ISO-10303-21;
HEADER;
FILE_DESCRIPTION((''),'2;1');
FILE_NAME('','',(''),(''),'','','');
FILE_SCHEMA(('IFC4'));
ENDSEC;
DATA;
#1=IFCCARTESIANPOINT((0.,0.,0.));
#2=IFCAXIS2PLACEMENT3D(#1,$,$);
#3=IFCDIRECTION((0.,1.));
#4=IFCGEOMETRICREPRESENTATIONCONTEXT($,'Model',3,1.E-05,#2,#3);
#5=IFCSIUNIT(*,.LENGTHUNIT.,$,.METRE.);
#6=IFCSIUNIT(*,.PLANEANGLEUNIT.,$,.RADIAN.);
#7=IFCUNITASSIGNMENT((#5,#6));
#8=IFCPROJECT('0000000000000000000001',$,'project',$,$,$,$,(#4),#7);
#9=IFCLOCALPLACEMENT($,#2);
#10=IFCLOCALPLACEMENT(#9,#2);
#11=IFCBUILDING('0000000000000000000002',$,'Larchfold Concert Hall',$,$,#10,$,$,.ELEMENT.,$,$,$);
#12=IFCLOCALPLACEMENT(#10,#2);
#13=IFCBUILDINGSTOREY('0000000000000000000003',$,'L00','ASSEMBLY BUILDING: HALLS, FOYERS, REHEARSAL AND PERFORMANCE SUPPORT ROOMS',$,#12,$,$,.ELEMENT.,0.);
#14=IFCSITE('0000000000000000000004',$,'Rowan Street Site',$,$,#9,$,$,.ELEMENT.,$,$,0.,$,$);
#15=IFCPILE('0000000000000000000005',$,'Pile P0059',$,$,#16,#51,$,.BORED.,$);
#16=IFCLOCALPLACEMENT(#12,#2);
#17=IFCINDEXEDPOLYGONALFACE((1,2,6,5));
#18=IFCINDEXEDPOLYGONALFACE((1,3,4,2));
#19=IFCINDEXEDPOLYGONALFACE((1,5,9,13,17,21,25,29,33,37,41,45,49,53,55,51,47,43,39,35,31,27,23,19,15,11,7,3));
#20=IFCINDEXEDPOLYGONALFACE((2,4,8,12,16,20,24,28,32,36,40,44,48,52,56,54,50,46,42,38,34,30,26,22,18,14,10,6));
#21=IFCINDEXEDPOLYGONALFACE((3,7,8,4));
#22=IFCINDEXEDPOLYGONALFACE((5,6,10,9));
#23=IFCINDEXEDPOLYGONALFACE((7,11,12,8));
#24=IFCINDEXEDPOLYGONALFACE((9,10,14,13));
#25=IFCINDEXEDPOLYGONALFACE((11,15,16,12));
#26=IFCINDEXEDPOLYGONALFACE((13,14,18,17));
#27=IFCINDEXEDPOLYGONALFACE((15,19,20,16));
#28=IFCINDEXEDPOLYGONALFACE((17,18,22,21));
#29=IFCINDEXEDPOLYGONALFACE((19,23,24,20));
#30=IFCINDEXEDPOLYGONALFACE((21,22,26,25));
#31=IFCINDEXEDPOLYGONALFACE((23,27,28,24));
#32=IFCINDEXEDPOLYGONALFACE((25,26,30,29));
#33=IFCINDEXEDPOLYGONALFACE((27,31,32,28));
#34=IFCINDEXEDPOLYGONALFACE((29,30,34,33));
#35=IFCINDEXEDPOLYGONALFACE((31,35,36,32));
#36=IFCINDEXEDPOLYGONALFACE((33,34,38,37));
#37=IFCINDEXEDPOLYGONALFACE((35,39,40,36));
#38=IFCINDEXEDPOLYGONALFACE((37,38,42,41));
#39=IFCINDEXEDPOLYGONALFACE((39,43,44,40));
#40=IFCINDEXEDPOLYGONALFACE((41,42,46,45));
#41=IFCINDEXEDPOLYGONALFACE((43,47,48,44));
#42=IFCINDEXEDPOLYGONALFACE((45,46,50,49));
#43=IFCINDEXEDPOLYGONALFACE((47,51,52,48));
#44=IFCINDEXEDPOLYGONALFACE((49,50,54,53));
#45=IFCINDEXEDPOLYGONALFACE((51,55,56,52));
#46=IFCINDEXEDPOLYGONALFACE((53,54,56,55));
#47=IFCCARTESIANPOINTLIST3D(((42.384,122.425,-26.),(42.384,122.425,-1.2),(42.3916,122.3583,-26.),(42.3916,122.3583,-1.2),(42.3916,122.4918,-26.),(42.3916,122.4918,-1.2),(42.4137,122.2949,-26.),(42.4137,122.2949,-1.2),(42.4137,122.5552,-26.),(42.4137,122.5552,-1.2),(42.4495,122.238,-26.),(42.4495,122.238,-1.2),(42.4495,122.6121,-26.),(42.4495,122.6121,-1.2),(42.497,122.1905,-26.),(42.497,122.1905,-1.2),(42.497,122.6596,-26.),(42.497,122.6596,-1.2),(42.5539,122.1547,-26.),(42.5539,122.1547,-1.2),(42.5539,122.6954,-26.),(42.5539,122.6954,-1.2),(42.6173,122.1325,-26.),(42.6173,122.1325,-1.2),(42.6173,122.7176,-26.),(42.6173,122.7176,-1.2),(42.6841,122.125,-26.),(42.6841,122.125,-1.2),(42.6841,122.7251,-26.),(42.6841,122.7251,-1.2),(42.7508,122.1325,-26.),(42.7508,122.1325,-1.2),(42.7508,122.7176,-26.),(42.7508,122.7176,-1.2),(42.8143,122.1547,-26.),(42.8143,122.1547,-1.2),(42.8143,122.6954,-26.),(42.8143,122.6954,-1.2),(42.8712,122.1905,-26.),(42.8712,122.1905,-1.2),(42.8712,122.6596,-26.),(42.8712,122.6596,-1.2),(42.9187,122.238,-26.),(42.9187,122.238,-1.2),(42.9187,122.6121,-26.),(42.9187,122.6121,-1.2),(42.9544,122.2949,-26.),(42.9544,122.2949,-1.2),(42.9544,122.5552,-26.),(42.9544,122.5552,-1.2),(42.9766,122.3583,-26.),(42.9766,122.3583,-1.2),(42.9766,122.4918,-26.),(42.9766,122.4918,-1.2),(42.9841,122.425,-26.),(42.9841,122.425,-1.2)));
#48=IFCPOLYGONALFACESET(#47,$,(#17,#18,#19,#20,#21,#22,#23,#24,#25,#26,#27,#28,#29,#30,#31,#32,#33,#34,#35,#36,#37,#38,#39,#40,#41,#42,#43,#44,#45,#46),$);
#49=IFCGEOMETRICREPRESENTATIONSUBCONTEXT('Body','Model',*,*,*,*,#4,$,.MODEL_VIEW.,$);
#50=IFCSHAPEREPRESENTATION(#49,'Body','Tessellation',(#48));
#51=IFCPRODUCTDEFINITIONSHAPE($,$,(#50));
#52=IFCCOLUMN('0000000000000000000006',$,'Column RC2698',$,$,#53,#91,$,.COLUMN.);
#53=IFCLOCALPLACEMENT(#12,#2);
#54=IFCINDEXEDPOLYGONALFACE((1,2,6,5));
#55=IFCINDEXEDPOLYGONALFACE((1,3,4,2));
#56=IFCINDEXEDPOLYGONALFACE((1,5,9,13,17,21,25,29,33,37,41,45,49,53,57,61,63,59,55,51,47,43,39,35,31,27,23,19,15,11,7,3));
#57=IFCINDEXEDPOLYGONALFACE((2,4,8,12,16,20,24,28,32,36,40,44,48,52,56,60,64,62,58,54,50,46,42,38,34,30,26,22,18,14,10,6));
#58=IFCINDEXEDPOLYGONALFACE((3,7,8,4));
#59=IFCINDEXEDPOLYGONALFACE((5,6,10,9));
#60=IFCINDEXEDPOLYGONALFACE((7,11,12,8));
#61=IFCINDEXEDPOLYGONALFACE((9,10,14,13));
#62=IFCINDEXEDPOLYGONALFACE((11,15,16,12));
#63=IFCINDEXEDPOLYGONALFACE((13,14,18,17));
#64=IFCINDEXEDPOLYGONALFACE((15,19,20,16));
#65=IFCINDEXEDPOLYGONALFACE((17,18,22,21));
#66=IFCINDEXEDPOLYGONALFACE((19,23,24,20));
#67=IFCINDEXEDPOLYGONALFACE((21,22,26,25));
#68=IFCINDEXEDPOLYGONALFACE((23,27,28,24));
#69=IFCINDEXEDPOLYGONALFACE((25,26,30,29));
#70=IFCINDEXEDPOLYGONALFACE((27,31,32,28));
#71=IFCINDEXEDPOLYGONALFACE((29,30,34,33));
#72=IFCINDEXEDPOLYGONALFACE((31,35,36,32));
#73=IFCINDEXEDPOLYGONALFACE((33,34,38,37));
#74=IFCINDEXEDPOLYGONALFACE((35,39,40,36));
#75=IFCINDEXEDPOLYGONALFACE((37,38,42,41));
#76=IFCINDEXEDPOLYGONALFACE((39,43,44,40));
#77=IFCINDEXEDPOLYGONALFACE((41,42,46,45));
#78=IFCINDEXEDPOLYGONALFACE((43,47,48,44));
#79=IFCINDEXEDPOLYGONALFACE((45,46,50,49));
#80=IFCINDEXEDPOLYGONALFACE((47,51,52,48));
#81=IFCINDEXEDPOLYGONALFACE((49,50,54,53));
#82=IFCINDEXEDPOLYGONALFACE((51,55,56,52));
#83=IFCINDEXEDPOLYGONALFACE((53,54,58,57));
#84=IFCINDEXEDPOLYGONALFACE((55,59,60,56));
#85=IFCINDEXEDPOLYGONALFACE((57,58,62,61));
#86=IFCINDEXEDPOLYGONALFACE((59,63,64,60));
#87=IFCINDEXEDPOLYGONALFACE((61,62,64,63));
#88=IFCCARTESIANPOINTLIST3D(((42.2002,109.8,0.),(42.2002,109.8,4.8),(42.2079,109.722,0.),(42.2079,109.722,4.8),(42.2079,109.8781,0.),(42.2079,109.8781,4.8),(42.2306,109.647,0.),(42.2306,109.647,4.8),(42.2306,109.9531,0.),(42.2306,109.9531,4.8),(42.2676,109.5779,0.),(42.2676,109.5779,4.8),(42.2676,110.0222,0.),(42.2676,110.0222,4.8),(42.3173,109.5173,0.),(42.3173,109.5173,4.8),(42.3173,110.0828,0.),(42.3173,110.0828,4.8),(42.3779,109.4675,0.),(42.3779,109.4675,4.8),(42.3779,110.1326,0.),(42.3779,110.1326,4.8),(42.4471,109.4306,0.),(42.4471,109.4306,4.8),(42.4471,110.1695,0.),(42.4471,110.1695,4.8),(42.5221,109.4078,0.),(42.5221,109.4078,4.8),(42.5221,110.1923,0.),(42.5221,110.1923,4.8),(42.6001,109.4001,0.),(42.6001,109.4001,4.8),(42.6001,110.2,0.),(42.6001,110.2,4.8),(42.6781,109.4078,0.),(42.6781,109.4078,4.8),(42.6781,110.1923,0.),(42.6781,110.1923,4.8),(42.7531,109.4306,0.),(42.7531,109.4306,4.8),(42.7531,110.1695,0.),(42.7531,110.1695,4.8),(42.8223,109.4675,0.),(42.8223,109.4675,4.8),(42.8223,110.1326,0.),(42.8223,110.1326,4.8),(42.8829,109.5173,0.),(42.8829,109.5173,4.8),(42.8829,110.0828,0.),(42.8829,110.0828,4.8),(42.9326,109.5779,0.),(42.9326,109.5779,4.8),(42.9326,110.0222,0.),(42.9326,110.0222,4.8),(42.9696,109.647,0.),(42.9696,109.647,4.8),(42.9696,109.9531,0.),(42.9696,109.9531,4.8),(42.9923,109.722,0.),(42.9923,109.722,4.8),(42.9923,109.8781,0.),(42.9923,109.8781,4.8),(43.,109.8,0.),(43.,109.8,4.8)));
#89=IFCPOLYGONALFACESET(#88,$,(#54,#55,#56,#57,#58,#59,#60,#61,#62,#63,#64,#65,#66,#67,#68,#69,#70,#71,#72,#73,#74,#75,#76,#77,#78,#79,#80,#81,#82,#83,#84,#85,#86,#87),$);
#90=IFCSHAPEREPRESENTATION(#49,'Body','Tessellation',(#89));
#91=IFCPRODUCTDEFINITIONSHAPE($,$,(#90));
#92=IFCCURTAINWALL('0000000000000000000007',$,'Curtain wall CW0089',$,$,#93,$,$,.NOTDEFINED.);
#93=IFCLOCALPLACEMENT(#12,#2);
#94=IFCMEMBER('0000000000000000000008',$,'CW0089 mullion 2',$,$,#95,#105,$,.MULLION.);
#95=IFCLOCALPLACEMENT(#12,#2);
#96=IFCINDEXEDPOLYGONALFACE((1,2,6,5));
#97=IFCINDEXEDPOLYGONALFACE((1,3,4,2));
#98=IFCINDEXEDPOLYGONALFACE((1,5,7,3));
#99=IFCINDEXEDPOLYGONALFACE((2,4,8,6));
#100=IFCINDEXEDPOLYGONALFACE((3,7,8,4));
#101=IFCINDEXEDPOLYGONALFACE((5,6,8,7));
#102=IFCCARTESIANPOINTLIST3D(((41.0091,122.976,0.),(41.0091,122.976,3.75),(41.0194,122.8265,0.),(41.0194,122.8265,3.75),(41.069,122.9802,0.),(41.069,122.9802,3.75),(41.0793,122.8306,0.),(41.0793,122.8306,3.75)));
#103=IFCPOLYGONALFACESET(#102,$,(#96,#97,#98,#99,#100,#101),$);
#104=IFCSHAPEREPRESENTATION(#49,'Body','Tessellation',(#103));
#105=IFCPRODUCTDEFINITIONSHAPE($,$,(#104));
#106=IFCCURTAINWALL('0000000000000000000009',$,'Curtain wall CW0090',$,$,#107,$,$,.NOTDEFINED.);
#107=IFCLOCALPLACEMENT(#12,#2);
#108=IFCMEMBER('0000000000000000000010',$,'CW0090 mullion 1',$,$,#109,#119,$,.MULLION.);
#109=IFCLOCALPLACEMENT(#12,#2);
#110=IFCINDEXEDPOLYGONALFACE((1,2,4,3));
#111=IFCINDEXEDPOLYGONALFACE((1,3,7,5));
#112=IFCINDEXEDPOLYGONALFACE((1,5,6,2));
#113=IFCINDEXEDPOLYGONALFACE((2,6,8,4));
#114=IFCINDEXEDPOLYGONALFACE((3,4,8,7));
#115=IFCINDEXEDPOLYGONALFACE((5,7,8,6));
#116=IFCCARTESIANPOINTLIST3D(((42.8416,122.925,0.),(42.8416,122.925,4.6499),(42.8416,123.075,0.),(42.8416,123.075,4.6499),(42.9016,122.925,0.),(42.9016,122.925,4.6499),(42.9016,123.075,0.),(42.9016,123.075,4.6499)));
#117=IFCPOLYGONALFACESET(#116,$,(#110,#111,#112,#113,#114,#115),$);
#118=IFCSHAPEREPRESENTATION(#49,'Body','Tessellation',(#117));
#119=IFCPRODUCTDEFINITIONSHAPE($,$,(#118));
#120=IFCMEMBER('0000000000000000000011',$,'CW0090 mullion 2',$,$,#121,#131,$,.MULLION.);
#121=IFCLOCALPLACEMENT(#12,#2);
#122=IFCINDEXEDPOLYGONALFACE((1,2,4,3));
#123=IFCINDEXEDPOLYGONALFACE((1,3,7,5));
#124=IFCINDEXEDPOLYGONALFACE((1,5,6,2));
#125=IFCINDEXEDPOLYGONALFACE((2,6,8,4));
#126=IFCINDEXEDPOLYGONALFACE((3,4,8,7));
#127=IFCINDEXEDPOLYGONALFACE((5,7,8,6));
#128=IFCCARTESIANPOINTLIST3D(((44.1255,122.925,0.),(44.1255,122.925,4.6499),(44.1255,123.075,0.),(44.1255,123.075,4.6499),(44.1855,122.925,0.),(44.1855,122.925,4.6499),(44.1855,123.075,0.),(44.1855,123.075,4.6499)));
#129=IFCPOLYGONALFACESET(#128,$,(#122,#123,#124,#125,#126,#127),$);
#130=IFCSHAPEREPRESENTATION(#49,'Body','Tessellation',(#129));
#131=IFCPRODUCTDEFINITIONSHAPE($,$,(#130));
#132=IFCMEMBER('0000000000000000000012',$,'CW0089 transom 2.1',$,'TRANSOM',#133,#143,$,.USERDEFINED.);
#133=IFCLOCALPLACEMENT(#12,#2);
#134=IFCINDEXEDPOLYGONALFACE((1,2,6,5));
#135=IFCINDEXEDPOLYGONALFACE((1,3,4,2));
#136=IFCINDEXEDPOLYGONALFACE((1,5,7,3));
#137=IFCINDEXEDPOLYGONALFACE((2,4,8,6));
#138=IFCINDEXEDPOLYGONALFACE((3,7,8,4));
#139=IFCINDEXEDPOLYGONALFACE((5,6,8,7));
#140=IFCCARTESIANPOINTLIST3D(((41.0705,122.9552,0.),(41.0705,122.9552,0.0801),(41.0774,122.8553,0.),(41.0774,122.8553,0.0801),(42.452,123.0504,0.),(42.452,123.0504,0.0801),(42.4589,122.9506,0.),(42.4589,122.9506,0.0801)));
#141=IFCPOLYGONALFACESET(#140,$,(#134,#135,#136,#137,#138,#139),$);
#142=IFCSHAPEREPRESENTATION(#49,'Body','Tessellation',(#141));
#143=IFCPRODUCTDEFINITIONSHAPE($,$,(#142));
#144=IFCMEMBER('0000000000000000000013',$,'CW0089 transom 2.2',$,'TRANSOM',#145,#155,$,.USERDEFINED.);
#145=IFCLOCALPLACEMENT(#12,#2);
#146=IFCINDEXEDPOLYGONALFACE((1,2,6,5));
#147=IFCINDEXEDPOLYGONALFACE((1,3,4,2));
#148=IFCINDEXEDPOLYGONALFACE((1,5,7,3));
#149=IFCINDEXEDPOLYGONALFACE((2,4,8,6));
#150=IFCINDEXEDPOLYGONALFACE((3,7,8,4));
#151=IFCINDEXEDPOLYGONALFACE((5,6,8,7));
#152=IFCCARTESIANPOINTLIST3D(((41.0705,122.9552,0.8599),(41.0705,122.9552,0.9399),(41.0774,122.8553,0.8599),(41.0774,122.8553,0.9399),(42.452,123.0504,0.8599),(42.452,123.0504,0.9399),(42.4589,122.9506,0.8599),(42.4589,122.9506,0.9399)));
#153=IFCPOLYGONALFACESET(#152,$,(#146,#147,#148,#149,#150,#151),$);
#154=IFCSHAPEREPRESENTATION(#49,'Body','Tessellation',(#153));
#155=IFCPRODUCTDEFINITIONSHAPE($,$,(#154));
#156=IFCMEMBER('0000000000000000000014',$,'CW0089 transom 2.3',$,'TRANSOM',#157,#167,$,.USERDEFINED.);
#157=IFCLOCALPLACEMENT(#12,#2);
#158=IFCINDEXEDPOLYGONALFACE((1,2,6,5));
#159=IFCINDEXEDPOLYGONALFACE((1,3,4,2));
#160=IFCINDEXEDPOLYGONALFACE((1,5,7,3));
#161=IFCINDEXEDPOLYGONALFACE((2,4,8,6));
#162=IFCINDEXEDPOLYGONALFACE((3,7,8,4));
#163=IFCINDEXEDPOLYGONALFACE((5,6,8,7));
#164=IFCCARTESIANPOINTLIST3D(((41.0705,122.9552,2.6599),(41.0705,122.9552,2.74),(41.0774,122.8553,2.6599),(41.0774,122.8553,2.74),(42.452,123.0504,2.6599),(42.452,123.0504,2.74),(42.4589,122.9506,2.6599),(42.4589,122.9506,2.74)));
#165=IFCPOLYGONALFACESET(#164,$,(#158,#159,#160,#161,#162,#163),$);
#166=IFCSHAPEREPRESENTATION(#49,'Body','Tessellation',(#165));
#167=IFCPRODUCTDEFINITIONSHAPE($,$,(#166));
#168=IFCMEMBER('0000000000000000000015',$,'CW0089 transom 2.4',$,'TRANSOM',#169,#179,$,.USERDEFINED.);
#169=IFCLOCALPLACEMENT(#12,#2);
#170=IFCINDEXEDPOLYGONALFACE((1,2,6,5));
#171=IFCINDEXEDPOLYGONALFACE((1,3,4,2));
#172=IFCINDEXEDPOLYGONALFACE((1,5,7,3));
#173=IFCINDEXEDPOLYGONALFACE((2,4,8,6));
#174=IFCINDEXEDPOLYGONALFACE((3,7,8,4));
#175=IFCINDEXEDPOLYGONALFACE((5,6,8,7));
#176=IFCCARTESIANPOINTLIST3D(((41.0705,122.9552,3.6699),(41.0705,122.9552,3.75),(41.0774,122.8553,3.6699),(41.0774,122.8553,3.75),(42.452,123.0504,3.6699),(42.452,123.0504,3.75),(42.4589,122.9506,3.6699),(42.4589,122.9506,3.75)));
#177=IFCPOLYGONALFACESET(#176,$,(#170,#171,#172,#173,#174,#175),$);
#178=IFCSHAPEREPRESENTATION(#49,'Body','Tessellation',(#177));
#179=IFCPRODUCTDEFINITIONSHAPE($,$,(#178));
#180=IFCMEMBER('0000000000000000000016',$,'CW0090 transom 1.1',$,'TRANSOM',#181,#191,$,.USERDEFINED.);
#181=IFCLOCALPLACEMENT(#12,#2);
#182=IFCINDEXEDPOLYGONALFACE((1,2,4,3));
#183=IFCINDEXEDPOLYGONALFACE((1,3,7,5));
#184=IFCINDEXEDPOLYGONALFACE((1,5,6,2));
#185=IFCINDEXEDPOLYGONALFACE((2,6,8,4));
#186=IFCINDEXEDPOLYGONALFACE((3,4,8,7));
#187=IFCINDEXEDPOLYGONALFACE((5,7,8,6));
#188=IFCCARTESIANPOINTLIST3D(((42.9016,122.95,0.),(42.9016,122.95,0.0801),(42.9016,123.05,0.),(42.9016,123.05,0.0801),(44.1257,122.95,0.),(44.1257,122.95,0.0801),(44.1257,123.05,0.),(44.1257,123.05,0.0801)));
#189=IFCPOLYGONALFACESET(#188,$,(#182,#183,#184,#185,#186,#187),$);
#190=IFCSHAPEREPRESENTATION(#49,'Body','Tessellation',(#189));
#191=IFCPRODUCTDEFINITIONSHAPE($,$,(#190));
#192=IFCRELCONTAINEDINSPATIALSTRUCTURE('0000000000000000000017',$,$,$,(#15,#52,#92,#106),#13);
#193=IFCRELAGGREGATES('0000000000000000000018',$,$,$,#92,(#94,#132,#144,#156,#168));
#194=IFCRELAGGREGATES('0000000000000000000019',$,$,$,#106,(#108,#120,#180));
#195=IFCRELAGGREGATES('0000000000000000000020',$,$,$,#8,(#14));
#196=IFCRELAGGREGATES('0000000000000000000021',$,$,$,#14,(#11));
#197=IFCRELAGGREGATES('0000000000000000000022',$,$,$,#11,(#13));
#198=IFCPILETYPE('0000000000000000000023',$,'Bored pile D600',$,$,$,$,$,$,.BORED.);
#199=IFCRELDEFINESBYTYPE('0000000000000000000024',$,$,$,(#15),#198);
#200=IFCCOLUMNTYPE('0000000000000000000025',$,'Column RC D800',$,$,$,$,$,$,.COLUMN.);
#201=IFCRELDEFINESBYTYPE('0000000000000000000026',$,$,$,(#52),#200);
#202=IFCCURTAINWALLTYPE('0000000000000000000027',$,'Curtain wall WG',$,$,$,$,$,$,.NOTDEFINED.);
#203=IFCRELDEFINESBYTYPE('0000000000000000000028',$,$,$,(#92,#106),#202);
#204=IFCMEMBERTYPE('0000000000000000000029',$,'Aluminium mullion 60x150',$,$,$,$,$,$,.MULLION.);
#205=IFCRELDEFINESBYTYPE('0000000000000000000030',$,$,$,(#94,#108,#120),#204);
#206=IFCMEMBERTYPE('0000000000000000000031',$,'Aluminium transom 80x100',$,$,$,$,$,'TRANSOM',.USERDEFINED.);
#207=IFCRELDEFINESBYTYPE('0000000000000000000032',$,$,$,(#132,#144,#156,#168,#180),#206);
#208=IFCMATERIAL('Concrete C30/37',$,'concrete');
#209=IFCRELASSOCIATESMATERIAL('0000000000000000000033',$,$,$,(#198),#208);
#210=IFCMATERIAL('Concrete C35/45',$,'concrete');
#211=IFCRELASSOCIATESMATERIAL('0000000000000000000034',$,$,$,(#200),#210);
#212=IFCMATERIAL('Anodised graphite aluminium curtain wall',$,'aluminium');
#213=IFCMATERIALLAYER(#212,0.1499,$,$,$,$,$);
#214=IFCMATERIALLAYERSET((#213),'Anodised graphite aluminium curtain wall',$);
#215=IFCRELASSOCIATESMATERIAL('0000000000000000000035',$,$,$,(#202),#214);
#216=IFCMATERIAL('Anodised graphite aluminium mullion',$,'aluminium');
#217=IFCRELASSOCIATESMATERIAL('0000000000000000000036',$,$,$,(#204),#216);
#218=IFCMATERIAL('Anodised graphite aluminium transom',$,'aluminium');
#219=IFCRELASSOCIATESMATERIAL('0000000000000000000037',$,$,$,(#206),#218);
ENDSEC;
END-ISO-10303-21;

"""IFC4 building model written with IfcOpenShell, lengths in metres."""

from ifc_helpers import new_model, si_unit, direction, frame, origin, origin_2d, place, context, subcontext, project, spatial, rectangle, circle, extrude, material, layer, layer_set, material_profile, profile_set, type_object, element, aggregate, save


model = new_model("IFC4")

# Units and contexts
model_context = context("Model", 3, precision=1e-05, world=origin(), true_north=direction((0.0, 1.0)))
body_context = subcontext(model_context, "Body", "Model", "MODEL_VIEW")
ifc_project = project(units=[si_unit("LENGTHUNIT", "METRE"), si_unit("PLANEANGLEUNIT", "RADIAN")], contexts=[model_context])

# Site, building, storey
site_placement = place(None, origin())
site = spatial("IfcSite", under=ifc_project, at=site_placement, Name="Rowan Street Site", CompositionType="ELEMENT", RefElevation=0.0)
building_placement = place(site_placement, origin())
building = spatial("IfcBuilding", under=site, at=building_placement, Name="Larchfold Concert Hall", CompositionType="ELEMENT")
storey_placement = place(building_placement, origin())
storey = spatial("IfcBuildingStorey", under=building, at=storey_placement, Name="L00", Description="ASSEMBLY BUILDING: HALLS, FOYERS, REHEARSAL AND PERFORMANCE SUPPORT ROOMS", CompositionType="ELEMENT", Elevation=0.0)

# Pile
ifc_material_1 = material(Name="Concrete C30/37", Category="concrete")
ifc_material_profile_1 = material_profile(ifc_material_1, circle(Radius=0.3, at=origin_2d()))
ifc_profile_set_1 = profile_set([ifc_material_profile_1], Name="Concrete C30/37")
pile_type = type_object("IfcPileType", Name="Bored pile D600", PredefinedType="BORED", material=ifc_profile_set_1)
pile_placement = place(storey_placement, frame((42.6841, 122.425, -1.2), z_axis=(0.0, 0.0, -1.0), x_axis=(1.0, 0.0, 0.0)))
element("IfcPile", 1, at=pile_placement, inside=storey, type_object=pile_type, Name="Pile P0059", PredefinedType="BORED", context=body_context, shape_type="SweptSolid", body=[
    extrude(circle(Radius=0.3, at=origin_2d()), origin(), (0.0, 0.0, 1.0), 24.8),
])

# Column
ifc_material_2 = material(Name="Concrete C35/45", Category="concrete")
ifc_material_profile_2 = material_profile(ifc_material_2, circle(Radius=0.3999, at=origin_2d()))
ifc_profile_set_2 = profile_set([ifc_material_profile_2], Name="Concrete C35/45")
column_type = type_object("IfcColumnType", Name="Column RC D800", PredefinedType="COLUMN", material=ifc_profile_set_2)
column_placement = place(storey_placement, frame((42.6001, 109.8, 0.0), z_axis=(0.0, 0.0, 1.0), x_axis=(1.0, 0.0, 0.0)))
element("IfcColumn", 2, at=column_placement, inside=storey, type_object=column_type, Name="Column RC2698", PredefinedType="COLUMN", context=body_context, shape_type="SweptSolid", body=[
    extrude(circle(Radius=0.3999, at=origin_2d()), origin(), (0.0, 0.0, 1.0), 4.8),
])

# Curtain wall, member
ifc_material_3 = material(Name="Anodised graphite aluminium curtain wall", Category="aluminium")
ifc_layer_1 = layer(ifc_material_3, 0.1499)
ifc_layer_set_1 = layer_set([ifc_layer_1], Name="Anodised graphite aluminium curtain wall")
curtain_wall_type = type_object("IfcCurtainWallType", Name="Curtain wall WG", PredefinedType="NOTDEFINED", material=ifc_layer_set_1)
curtain_wall_1_placement = place(storey_placement, origin())
curtain_wall_1 = element("IfcCurtainWall", 3, at=curtain_wall_1_placement, inside=storey, type_object=curtain_wall_type, Name="Curtain wall CW0089", PredefinedType="NOTDEFINED")
ifc_material_4 = material(Name="Anodised graphite aluminium mullion", Category="aluminium")
ifc_material_profile_3 = material_profile(ifc_material_4, rectangle(XDim=0.1499, YDim=0.0601, at=origin_2d()))
ifc_profile_set_3 = profile_set([ifc_material_profile_3], Name="Anodised graphite aluminium mullion")
member_type_1 = type_object("IfcMemberType", Name="Aluminium mullion 60x150", PredefinedType="MULLION", material=ifc_profile_set_3)
member_1_placement = place(storey_placement, frame((41.0442, 122.9033, 0.0), z_axis=(0.0, 0.0, 1.0), x_axis=(-0.0687, 0.997637, 0.0)))
member_1 = element("IfcMember", 4, at=member_1_placement, type_object=member_type_1, Name="CW0089 mullion 2", PredefinedType="MULLION", context=body_context, shape_type="SweptSolid", body=[
    extrude(rectangle(XDim=0.1499, YDim=0.0601, at=origin_2d()), origin(), (0.0, 0.0, 1.0), 3.75),
])

# Curtain wall, members
curtain_wall_2_placement = place(storey_placement, origin())
curtain_wall_2 = element("IfcCurtainWall", 5, at=curtain_wall_2_placement, inside=storey, type_object=curtain_wall_type, Name="Curtain wall CW0090", PredefinedType="NOTDEFINED")
member_2_placement = place(storey_placement, frame((42.8716, 123.0, 0.0), z_axis=(0.0, 0.0, 1.0), x_axis=(0.0, 1.0, 0.0)))
member_2 = element("IfcMember", 6, at=member_2_placement, type_object=member_type_1, Name="CW0090 mullion 1", PredefinedType="MULLION", context=body_context, shape_type="SweptSolid", body=[
    extrude(rectangle(XDim=0.1499, YDim=0.0601, at=origin_2d()), origin(), (0.0, 0.0, 1.0), 4.6499),
])
member_3_placement = place(storey_placement, frame((44.1555, 123.0, 0.0), z_axis=(0.0, 0.0, 1.0), x_axis=(0.0, 1.0, 0.0)))
member_3 = element("IfcMember", 7, at=member_3_placement, type_object=member_type_1, Name="CW0090 mullion 2", PredefinedType="MULLION", context=body_context, shape_type="SweptSolid", body=[
    extrude(rectangle(XDim=0.1499, YDim=0.0601, at=origin_2d()), origin(), (0.0, 0.0, 1.0), 4.6499),
])

# Members
ifc_material_5 = material(Name="Anodised graphite aluminium transom", Category="aluminium")
ifc_material_profile_4 = material_profile(ifc_material_5, rectangle(XDim=0.1001, YDim=0.0801, at=origin_2d()))
ifc_profile_set_4 = profile_set([ifc_material_profile_4], Name="Anodised graphite aluminium transom")
member_type_2 = type_object("IfcMemberType", Name="Aluminium transom 80x100", ElementType="TRANSOM", PredefinedType="USERDEFINED", material=ifc_profile_set_4)
member_4_placement = place(storey_placement, frame((41.074, 122.9053, 0.04), z_axis=(0.997634, 0.068754, 0.0), x_axis=(-0.068754, 0.997634, 0.0)))
member_4 = element("IfcMember", 8, at=member_4_placement, type_object=member_type_2, Name="CW0089 transom 2.1", ObjectType="TRANSOM", PredefinedType="USERDEFINED", context=body_context, shape_type="SweptSolid", body=[
    extrude(rectangle(XDim=0.1001, YDim=0.0801, at=origin_2d()), origin(), (0.0, 0.0, 1.0), 1.3848),
])
member_5_placement = place(storey_placement, frame((41.074, 122.9053, 0.8999), z_axis=(0.997634, 0.068754, 0.0), x_axis=(-0.068754, 0.997634, 0.0)))
member_5 = element("IfcMember", 9, at=member_5_placement, type_object=member_type_2, Name="CW0089 transom 2.2", ObjectType="TRANSOM", PredefinedType="USERDEFINED", context=body_context, shape_type="SweptSolid", body=[
    extrude(rectangle(XDim=0.1001, YDim=0.0801, at=origin_2d()), origin(), (0.0, 0.0, 1.0), 1.3848),
])
member_6_placement = place(storey_placement, frame((41.074, 122.9053, 2.7), z_axis=(0.997634, 0.068754, 0.0), x_axis=(-0.068754, 0.997634, 0.0)))
member_6 = element("IfcMember", 10, at=member_6_placement, type_object=member_type_2, Name="CW0089 transom 2.3", ObjectType="TRANSOM", PredefinedType="USERDEFINED", context=body_context, shape_type="SweptSolid", body=[
    extrude(rectangle(XDim=0.1001, YDim=0.0801, at=origin_2d()), origin(), (0.0, 0.0, 1.0), 1.3848),
])
member_7_placement = place(storey_placement, frame((41.074, 122.9053, 3.71), z_axis=(0.997634, 0.068754, 0.0), x_axis=(-0.068754, 0.997634, 0.0)))
member_7 = element("IfcMember", 11, at=member_7_placement, type_object=member_type_2, Name="CW0089 transom 2.4", ObjectType="TRANSOM", PredefinedType="USERDEFINED", context=body_context, shape_type="SweptSolid", body=[
    extrude(rectangle(XDim=0.1001, YDim=0.0801, at=origin_2d()), origin(), (0.0, 0.0, 1.0), 1.3848),
])
member_8_placement = place(storey_placement, frame((42.9016, 123.0, 0.04), z_axis=(1.0, 0.0, 0.0), x_axis=(0.0, 1.0, 0.0)))
member_8 = element("IfcMember", 12, at=member_8_placement, type_object=member_type_2, Name="CW0090 transom 1.1", ObjectType="TRANSOM", PredefinedType="USERDEFINED", context=body_context, shape_type="SweptSolid", body=[
    extrude(rectangle(XDim=0.1001, YDim=0.0801, at=origin_2d()), origin(), (0.0, 0.0, 1.0), 1.2241),
])

aggregate(curtain_wall_1, [member_1, member_4, member_5, member_6, member_7])
aggregate(curtain_wall_2, [member_2, member_3, member_8])

save(model, "model.ifc")
